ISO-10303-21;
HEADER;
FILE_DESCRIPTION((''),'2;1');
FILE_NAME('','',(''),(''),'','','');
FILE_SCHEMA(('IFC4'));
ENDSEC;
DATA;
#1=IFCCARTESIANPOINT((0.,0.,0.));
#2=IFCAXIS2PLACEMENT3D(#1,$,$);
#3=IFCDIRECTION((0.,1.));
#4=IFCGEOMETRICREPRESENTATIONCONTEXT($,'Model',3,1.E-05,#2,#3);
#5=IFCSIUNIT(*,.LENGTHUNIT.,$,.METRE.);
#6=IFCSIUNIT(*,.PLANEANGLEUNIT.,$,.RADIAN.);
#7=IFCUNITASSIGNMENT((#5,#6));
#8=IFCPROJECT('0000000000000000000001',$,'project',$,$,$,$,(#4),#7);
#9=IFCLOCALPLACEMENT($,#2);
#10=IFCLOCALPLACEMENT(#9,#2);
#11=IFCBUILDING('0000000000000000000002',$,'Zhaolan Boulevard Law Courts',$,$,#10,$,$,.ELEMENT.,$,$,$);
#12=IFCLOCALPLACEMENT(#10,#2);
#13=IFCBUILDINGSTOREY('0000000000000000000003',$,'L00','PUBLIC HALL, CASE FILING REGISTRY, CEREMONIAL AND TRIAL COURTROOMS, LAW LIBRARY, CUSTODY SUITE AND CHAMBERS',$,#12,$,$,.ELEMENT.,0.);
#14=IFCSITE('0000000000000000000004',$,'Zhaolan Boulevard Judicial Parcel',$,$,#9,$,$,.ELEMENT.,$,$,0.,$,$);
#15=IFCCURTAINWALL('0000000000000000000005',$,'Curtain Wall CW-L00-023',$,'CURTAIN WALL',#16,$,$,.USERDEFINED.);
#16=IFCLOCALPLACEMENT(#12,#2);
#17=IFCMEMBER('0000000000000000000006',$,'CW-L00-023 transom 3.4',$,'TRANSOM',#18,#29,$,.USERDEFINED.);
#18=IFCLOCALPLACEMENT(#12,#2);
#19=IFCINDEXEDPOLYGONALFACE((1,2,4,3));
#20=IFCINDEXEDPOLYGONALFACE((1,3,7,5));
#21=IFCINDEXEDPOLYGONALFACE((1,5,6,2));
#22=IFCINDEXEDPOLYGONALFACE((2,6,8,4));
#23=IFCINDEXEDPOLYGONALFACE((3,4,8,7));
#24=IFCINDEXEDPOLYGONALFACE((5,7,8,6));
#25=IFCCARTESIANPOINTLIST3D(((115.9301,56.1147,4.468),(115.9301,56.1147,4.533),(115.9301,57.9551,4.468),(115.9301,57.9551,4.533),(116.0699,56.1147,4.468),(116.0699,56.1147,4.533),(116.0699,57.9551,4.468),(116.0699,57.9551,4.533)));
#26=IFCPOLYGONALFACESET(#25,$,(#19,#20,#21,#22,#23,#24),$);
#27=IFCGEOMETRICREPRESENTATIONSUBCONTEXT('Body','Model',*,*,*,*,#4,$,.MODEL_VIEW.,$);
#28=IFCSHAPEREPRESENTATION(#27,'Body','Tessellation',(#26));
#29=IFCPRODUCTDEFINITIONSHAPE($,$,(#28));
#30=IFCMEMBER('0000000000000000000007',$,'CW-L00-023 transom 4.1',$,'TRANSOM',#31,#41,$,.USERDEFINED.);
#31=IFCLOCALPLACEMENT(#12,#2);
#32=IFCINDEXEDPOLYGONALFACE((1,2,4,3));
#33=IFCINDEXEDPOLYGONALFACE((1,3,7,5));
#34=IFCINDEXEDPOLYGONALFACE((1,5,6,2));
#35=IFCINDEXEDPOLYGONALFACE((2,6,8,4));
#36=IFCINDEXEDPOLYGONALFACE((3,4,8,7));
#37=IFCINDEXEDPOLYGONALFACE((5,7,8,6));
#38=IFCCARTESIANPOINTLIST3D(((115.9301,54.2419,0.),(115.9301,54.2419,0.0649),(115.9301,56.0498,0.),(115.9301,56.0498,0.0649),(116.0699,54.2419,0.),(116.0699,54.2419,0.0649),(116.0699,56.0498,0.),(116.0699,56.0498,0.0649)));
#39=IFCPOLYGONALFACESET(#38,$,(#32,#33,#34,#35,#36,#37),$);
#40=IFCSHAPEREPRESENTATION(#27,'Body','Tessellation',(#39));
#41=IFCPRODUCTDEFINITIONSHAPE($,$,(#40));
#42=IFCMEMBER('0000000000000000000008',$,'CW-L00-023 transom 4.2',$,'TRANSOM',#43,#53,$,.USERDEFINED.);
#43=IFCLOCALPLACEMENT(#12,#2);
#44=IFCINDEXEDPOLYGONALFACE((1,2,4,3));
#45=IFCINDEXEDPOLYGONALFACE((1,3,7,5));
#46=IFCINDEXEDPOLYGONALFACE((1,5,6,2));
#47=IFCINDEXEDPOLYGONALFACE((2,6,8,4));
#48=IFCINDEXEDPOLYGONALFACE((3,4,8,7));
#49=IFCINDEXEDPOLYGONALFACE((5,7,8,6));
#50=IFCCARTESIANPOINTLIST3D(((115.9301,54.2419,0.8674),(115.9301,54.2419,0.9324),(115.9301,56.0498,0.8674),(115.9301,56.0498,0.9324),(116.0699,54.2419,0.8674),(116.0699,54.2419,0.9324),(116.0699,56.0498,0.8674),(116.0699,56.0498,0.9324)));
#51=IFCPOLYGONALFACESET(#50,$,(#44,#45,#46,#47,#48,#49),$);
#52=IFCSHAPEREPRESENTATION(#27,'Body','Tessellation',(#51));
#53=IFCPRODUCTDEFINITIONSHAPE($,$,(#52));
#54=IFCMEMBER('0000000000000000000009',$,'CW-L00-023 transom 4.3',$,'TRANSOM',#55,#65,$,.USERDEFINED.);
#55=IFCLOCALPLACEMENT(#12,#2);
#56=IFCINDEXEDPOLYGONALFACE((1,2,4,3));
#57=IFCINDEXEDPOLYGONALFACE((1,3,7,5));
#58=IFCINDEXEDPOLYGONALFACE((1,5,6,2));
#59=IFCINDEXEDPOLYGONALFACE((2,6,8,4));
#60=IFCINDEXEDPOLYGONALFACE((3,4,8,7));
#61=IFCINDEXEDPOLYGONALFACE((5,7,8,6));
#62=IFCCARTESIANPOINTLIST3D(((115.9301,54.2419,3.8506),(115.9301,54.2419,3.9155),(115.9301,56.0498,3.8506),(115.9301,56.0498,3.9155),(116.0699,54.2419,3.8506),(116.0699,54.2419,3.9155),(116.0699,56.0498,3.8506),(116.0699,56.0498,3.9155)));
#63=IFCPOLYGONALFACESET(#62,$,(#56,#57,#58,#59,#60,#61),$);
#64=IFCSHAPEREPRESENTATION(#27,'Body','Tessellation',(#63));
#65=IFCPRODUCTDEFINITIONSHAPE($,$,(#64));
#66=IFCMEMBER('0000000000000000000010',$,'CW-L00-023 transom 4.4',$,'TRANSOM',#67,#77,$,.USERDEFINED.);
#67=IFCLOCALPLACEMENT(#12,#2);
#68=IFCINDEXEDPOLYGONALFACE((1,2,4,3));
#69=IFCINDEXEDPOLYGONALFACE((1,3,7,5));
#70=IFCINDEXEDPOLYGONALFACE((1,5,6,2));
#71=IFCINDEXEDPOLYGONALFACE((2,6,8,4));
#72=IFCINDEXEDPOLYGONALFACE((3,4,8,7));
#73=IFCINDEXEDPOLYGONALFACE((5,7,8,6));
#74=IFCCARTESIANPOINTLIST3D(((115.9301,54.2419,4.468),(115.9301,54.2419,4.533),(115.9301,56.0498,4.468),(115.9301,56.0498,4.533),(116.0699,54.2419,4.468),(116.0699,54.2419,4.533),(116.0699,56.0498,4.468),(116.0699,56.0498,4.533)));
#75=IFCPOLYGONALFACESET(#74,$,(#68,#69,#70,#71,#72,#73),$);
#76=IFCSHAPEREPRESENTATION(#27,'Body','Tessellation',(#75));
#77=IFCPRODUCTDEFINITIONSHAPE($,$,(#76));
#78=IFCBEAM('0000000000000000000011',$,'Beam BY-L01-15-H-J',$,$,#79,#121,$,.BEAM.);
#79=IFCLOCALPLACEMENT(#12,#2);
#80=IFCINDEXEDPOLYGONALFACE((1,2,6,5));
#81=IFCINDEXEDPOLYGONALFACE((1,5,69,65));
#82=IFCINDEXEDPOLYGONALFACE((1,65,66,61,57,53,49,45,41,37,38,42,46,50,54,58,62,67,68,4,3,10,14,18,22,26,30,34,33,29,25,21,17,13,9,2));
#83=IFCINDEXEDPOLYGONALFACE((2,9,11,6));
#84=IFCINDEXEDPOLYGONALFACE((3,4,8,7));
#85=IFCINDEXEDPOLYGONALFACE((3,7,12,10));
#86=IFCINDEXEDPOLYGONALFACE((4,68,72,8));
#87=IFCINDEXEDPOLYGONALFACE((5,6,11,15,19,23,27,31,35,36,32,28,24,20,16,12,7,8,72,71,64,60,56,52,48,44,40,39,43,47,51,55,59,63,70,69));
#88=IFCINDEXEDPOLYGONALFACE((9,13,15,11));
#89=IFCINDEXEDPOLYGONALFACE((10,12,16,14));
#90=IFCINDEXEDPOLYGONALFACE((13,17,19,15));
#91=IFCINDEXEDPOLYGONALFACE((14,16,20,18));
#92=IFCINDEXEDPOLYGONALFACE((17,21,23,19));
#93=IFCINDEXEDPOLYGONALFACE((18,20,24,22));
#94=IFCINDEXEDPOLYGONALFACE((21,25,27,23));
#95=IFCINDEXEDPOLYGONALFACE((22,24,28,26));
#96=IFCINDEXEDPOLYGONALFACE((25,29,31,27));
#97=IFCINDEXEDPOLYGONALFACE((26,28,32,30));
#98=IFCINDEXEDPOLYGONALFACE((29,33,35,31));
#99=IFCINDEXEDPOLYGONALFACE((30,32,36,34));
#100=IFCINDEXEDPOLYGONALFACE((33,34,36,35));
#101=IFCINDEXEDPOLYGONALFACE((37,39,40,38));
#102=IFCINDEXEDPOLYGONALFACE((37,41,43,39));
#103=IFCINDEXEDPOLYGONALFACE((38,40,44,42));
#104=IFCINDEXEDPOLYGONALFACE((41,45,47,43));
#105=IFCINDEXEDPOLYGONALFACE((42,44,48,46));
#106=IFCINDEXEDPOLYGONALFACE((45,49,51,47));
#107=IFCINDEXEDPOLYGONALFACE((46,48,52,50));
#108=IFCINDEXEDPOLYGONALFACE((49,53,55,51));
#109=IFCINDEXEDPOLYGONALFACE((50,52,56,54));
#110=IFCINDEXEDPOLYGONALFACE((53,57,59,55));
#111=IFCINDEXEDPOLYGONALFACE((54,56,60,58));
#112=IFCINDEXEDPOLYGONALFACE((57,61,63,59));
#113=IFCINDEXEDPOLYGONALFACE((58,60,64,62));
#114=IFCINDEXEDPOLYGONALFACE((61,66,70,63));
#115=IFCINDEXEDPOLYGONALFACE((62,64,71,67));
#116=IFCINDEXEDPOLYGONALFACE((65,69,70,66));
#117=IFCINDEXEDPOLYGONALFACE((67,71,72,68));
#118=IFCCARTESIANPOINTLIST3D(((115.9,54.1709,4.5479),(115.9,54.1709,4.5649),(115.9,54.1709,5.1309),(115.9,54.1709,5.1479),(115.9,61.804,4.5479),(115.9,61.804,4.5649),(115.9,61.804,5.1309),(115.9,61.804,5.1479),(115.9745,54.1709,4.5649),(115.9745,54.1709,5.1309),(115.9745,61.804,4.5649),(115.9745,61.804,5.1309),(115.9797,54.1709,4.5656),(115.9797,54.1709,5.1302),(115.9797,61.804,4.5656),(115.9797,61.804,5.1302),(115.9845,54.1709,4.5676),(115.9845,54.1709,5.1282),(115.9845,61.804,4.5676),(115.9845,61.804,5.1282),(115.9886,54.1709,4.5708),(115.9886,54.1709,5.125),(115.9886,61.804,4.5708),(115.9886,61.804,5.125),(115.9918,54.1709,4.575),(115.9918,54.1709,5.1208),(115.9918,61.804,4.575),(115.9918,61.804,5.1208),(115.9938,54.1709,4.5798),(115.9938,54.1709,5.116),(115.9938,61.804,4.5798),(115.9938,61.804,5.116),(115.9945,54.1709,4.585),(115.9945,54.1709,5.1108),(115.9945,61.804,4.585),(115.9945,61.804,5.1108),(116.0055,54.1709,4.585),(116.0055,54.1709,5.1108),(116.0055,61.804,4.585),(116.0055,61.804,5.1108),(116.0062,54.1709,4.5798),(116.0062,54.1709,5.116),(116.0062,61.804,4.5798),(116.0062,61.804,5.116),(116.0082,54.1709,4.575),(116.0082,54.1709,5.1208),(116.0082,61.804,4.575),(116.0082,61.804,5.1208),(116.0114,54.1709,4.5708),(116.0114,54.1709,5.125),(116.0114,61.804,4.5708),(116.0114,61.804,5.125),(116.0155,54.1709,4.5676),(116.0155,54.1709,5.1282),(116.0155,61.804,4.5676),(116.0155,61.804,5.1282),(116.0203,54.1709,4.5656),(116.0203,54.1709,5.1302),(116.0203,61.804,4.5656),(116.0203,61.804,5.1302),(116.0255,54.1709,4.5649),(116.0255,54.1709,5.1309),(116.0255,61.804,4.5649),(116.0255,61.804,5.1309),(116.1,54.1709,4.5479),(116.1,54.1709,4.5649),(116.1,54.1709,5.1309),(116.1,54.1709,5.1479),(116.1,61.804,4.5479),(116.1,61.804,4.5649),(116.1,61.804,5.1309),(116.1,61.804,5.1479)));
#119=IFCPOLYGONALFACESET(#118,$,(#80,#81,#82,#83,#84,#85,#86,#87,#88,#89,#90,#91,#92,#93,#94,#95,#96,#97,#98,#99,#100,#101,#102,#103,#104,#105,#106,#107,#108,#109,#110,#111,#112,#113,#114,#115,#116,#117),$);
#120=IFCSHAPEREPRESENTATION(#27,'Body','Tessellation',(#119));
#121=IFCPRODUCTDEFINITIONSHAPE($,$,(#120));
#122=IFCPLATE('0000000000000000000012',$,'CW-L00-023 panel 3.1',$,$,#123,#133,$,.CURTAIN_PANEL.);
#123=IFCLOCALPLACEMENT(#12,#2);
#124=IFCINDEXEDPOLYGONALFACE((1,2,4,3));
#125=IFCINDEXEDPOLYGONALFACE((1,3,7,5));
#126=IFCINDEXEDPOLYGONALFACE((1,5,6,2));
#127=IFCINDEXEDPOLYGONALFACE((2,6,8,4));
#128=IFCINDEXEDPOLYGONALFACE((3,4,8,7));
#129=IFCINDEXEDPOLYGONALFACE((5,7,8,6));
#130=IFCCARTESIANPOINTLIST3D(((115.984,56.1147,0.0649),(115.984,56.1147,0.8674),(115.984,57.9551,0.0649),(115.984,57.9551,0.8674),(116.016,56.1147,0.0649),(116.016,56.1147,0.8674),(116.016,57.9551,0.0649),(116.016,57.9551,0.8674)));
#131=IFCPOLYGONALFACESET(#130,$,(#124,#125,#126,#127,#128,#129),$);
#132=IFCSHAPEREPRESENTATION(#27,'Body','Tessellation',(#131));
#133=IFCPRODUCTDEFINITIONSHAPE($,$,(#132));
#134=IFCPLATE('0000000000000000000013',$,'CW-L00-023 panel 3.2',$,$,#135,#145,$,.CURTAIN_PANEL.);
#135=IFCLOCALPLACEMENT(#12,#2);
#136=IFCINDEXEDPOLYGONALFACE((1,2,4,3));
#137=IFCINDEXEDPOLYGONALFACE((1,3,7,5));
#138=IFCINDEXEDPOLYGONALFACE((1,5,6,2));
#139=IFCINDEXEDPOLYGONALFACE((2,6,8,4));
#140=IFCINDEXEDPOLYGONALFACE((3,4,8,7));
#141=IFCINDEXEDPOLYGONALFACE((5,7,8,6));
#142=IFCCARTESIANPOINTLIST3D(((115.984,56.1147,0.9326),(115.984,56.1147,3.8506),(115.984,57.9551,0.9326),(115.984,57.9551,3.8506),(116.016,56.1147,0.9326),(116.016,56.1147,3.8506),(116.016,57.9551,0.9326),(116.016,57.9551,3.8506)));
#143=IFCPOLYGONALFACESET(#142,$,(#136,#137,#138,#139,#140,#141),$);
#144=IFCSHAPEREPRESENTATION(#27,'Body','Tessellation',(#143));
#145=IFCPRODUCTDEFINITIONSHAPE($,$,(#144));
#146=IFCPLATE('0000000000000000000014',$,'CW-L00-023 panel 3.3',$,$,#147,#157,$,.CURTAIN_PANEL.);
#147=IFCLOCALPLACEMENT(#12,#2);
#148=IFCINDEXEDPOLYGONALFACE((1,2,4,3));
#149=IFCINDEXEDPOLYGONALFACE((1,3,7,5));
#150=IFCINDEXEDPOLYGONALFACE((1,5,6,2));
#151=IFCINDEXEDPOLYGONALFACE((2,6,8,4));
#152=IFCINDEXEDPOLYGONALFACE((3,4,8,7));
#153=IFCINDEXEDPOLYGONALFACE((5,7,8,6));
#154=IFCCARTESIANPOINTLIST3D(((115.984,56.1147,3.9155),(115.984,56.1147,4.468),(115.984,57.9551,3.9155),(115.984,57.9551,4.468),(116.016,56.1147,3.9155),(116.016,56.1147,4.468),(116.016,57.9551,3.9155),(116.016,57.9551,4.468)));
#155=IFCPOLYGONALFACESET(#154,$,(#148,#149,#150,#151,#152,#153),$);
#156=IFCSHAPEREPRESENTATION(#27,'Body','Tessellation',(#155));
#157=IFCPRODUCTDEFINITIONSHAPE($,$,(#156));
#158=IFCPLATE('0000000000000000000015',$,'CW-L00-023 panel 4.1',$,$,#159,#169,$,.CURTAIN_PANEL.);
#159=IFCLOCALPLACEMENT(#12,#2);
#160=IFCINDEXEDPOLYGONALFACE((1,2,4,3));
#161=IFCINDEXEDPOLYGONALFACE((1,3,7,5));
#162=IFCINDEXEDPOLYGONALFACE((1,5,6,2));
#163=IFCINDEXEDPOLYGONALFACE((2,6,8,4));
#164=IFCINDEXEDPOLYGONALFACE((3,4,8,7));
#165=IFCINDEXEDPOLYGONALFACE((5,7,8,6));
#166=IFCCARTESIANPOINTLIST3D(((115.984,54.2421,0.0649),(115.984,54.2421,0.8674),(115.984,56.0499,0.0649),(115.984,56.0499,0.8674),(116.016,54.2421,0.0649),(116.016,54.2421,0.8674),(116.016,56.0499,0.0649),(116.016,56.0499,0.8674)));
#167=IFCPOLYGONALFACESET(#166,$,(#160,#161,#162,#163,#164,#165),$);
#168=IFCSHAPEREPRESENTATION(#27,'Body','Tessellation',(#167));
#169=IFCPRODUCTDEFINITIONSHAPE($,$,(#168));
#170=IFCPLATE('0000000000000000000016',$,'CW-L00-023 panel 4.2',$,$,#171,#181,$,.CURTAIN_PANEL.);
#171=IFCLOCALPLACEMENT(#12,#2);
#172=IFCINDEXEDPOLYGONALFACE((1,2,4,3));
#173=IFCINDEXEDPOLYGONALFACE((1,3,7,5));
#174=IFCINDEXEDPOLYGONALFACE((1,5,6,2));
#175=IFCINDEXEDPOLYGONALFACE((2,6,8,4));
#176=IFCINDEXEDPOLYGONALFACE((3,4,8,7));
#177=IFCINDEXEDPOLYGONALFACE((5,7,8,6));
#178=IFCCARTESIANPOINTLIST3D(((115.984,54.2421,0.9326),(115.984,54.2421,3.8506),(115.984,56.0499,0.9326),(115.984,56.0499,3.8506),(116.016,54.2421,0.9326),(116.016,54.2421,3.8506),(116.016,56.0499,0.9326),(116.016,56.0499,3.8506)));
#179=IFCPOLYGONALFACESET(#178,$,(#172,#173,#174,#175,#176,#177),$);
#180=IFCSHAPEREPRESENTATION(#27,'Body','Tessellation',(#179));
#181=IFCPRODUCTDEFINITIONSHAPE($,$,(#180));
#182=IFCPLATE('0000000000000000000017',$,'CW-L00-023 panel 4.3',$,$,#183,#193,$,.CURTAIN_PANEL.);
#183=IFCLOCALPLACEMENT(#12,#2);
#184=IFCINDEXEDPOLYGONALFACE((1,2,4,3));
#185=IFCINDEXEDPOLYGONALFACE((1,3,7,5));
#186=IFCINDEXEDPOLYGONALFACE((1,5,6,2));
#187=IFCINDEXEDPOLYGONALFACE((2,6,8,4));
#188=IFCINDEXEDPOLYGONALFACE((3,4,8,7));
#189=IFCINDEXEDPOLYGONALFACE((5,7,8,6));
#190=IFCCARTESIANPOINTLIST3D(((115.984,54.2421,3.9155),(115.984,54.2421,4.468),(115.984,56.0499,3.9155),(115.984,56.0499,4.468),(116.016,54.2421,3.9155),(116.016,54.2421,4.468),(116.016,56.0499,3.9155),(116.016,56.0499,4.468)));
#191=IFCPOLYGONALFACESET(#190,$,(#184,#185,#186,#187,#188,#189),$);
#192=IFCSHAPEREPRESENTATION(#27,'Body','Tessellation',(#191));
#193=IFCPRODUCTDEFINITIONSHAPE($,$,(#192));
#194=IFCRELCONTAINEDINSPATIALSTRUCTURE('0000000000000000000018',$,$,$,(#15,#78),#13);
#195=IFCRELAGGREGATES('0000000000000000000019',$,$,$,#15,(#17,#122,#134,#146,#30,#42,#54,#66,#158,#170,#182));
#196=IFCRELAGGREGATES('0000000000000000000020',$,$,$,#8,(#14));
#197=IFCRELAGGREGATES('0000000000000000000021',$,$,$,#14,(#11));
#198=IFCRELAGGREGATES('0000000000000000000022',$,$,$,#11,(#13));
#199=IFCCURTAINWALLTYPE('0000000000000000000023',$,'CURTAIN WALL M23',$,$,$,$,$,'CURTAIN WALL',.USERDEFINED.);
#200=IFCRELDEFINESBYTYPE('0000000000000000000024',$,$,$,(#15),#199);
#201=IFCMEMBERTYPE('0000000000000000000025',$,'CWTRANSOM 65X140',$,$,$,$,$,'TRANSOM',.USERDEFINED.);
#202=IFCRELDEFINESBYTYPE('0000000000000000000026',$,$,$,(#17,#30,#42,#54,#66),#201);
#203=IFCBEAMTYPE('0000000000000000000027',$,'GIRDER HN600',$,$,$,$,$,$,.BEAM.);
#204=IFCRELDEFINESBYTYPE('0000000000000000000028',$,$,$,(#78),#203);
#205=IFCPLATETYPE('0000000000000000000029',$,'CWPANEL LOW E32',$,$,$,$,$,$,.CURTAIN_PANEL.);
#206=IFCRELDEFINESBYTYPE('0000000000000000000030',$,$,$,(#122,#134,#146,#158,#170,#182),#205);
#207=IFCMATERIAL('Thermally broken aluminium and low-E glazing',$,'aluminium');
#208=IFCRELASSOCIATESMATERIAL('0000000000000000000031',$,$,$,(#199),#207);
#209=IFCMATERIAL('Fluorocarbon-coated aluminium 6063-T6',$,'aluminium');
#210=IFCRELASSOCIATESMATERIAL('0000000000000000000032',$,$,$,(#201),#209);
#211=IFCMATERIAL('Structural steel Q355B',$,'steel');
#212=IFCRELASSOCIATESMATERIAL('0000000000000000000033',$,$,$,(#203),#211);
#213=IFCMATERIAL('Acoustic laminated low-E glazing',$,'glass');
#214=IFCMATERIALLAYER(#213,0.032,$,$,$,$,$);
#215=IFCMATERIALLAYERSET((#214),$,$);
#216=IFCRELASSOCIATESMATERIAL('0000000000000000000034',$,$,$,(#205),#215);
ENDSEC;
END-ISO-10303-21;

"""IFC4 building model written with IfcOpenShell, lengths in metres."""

from ifc_helpers import new_model, si_unit, direction, frame, origin, origin_2d, place, context, subcontext, project, spatial, rectangle, i_section, extrude, material, layer, layer_set, material_profile, profile_set, type_object, element, aggregate, save


model = new_model("IFC4")

# Units and contexts
model_context = context("Model", 3, precision=1e-05, world=origin(), true_north=direction((0.0, 1.0)))
body_context = subcontext(model_context, "Body", "Model", "MODEL_VIEW")
ifc_project = project(units=[si_unit("LENGTHUNIT", "METRE"), si_unit("PLANEANGLEUNIT", "RADIAN")], contexts=[model_context])

# Site, building, storey
site_placement = place(None, origin())
site = spatial("IfcSite", under=ifc_project, at=site_placement, Name="Zhaolan Boulevard Judicial Parcel", CompositionType="ELEMENT", RefElevation=0.0)
building_placement = place(site_placement, origin())
building = spatial("IfcBuilding", under=site, at=building_placement, Name="Zhaolan Boulevard Law Courts", CompositionType="ELEMENT")
storey_placement = place(building_placement, origin())
storey = spatial("IfcBuildingStorey", under=building, at=storey_placement, Name="L00", Description="PUBLIC HALL, CASE FILING REGISTRY, CEREMONIAL AND TRIAL COURTROOMS, LAW LIBRARY, CUSTODY SUITE AND CHAMBERS", CompositionType="ELEMENT", Elevation=0.0)

# Curtain wall
ifc_material_1 = material(Name="Thermally broken aluminium and low-E glazing", Category="aluminium")
curtain_wall_type_1 = type_object("IfcCurtainWallType", Name="CURTAIN WALL M23", ElementType="CURTAIN WALL", PredefinedType="USERDEFINED", material=ifc_material_1)
curtain_wall_1_placement = place(storey_placement, origin())
curtain_wall_1 = element("IfcCurtainWall", 1, at=curtain_wall_1_placement, inside=storey, type_object=curtain_wall_type_1, Name="Curtain Wall CW-L00-023", ObjectType="CURTAIN WALL", PredefinedType="USERDEFINED")

# Members
ifc_material_2 = material(Name="Fluorocarbon-coated aluminium 6063-T6", Category="aluminium")
ifc_material_profile_1 = material_profile(ifc_material_2, rectangle(XDim=0.1399, YDim=0.0649, at=origin_2d()), Name="AL65x140")
ifc_profile_set_1 = profile_set([ifc_material_profile_1], Name="Fluorocarbon-coated aluminium 6063-T6")
member_type_1 = type_object("IfcMemberType", Name="CWTRANSOM 65X140", ElementType="TRANSOM", PredefinedType="USERDEFINED", material=ifc_profile_set_1)
member_1_placement = place(storey_placement, frame((116.0, 57.9551, 4.5005), z_axis=(0.0, -1.0, 0.0), x_axis=(1.0, 0.0, 0.0)))
member_1 = element("IfcMember", 2, at=member_1_placement, type_object=member_type_1, Name="CW-L00-023 transom 3.4", ObjectType="TRANSOM", PredefinedType="USERDEFINED", context=body_context, shape_type="SweptSolid", body=[
    extrude(rectangle(XDim=0.1399, YDim=0.0649, at=origin_2d()), origin(), (0.0, 0.0, 1.0), 1.8403),
])
member_2_placement = place(storey_placement, frame((116.0, 56.0498, 0.0325), z_axis=(0.0, -1.0, 0.0), x_axis=(1.0, 0.0, 0.0)))
member_2 = element("IfcMember", 3, at=member_2_placement, type_object=member_type_1, Name="CW-L00-023 transom 4.1", ObjectType="TRANSOM", PredefinedType="USERDEFINED", context=body_context, shape_type="SweptSolid", body=[
    extrude(rectangle(XDim=0.1399, YDim=0.0649, at=origin_2d()), origin(), (0.0, 0.0, 1.0), 1.8079),
])
member_3_placement = place(storey_placement, frame((116.0, 56.0498, 0.8999), z_axis=(0.0, -1.0, 0.0), x_axis=(1.0, 0.0, 0.0)))
member_3 = element("IfcMember", 4, at=member_3_placement, type_object=member_type_1, Name="CW-L00-023 transom 4.2", ObjectType="TRANSOM", PredefinedType="USERDEFINED", context=body_context, shape_type="SweptSolid", body=[
    extrude(rectangle(XDim=0.1399, YDim=0.0649, at=origin_2d()), origin(), (0.0, 0.0, 1.0), 1.8079),
])
member_4_placement = place(storey_placement, frame((116.0, 56.0498, 3.8831), z_axis=(0.0, -1.0, 0.0), x_axis=(1.0, 0.0, 0.0)))
member_4 = element("IfcMember", 5, at=member_4_placement, type_object=member_type_1, Name="CW-L00-023 transom 4.3", ObjectType="TRANSOM", PredefinedType="USERDEFINED", context=body_context, shape_type="SweptSolid", body=[
    extrude(rectangle(XDim=0.1399, YDim=0.0649, at=origin_2d()), origin(), (0.0, 0.0, 1.0), 1.8079),
])
member_5_placement = place(storey_placement, frame((116.0, 56.0498, 4.5005), z_axis=(0.0, -1.0, 0.0), x_axis=(1.0, 0.0, 0.0)))
member_5 = element("IfcMember", 6, at=member_5_placement, type_object=member_type_1, Name="CW-L00-023 transom 4.4", ObjectType="TRANSOM", PredefinedType="USERDEFINED", context=body_context, shape_type="SweptSolid", body=[
    extrude(rectangle(XDim=0.1399, YDim=0.0649, at=origin_2d()), origin(), (0.0, 0.0, 1.0), 1.8079),
])

# Beam
ifc_material_3 = material(Name="Structural steel Q355B", Category="steel")
ifc_material_profile_2 = material_profile(ifc_material_3, i_section(OverallWidth=0.2, OverallDepth=0.6001, WebThickness=0.011, FlangeThickness=0.0171, FilletRadius=0.02, at=origin_2d()), Name="HN600x200")
ifc_profile_set_2 = profile_set([ifc_material_profile_2], Name="Structural steel Q355B")
beam_type = type_object("IfcBeamType", Name="GIRDER HN600", PredefinedType="BEAM", material=ifc_profile_set_2)
beam_placement = place(storey_placement, frame((116.0, 54.1709, 4.8479), z_axis=(0.0, 1.0, 0.0), x_axis=(-1.0, 0.0, 0.0)))
element("IfcBeam", 7, at=beam_placement, inside=storey, type_object=beam_type, Name="Beam BY-L01-15-H-J", PredefinedType="BEAM", context=body_context, shape_type="SweptSolid", body=[
    extrude(i_section(OverallWidth=0.2, OverallDepth=0.6001, WebThickness=0.011, FlangeThickness=0.0171, FilletRadius=0.02, at=origin_2d()), origin(), (0.0, 0.0, 1.0), 7.6331),
])

# Plates
ifc_material_4 = material(Name="Acoustic laminated low-E glazing", Category="glass")
ifc_layer = layer(ifc_material_4, 0.032)
ifc_layer_set = layer_set([ifc_layer])
plate_type = type_object("IfcPlateType", Name="CWPANEL LOW E32", PredefinedType="CURTAIN_PANEL", material=ifc_layer_set)
plate_1_placement = place(storey_placement, frame((116.0, 57.0349, 0.0649), z_axis=(0.0, 0.0, 1.0), x_axis=(0.0, -1.0, 0.0)))
plate_1 = element("IfcPlate", 8, at=plate_1_placement, type_object=plate_type, Name="CW-L00-023 panel 3.1", PredefinedType="CURTAIN_PANEL", context=body_context, shape_type="SweptSolid", body=[
    extrude(rectangle(XDim=1.8403, YDim=0.032, at=origin_2d()), origin(), (0.0, 0.0, 1.0), 0.8025),
])
plate_2_placement = place(storey_placement, frame((116.0, 57.0349, 0.9326), z_axis=(0.0, 0.0, 1.0), x_axis=(0.0, -1.0, 0.0)))
plate_2 = element("IfcPlate", 9, at=plate_2_placement, type_object=plate_type, Name="CW-L00-023 panel 3.2", PredefinedType="CURTAIN_PANEL", context=body_context, shape_type="SweptSolid", body=[
    extrude(rectangle(XDim=1.8403, YDim=0.032, at=origin_2d()), origin(), (0.0, 0.0, 1.0), 2.918),
])
plate_3_placement = place(storey_placement, frame((116.0, 57.0349, 3.9155), z_axis=(0.0, 0.0, 1.0), x_axis=(0.0, -1.0, 0.0)))
plate_3 = element("IfcPlate", 10, at=plate_3_placement, type_object=plate_type, Name="CW-L00-023 panel 3.3", PredefinedType="CURTAIN_PANEL", context=body_context, shape_type="SweptSolid", body=[
    extrude(rectangle(XDim=1.8403, YDim=0.032, at=origin_2d()), origin(), (0.0, 0.0, 1.0), 0.5525),
])
plate_4_placement = place(storey_placement, frame((116.0, 55.146, 0.0649), z_axis=(0.0, 0.0, 1.0), x_axis=(0.0, -1.0, 0.0)))
plate_4 = element("IfcPlate", 11, at=plate_4_placement, type_object=plate_type, Name="CW-L00-023 panel 4.1", PredefinedType="CURTAIN_PANEL", context=body_context, shape_type="SweptSolid", body=[
    extrude(rectangle(XDim=1.8079, YDim=0.032, at=origin_2d()), origin(), (0.0, 0.0, 1.0), 0.8025),
])
plate_5_placement = place(storey_placement, frame((116.0, 55.146, 0.9326), z_axis=(0.0, 0.0, 1.0), x_axis=(0.0, -1.0, 0.0)))
plate_5 = element("IfcPlate", 12, at=plate_5_placement, type_object=plate_type, Name="CW-L00-023 panel 4.2", PredefinedType="CURTAIN_PANEL", context=body_context, shape_type="SweptSolid", body=[
    extrude(rectangle(XDim=1.8079, YDim=0.032, at=origin_2d()), origin(), (0.0, 0.0, 1.0), 2.918),
])
plate_6_placement = place(storey_placement, frame((116.0, 55.146, 3.9155), z_axis=(0.0, 0.0, 1.0), x_axis=(0.0, -1.0, 0.0)))
plate_6 = element("IfcPlate", 13, at=plate_6_placement, type_object=plate_type, Name="CW-L00-023 panel 4.3", PredefinedType="CURTAIN_PANEL", context=body_context, shape_type="SweptSolid", body=[
    extrude(rectangle(XDim=1.8079, YDim=0.032, at=origin_2d()), origin(), (0.0, 0.0, 1.0), 0.5525),
])
aggregate(curtain_wall_1, [member_1, plate_1, plate_2, plate_3, member_2, member_3, member_4, member_5, plate_4, plate_5, plate_6])

save(model, "model.ifc")
